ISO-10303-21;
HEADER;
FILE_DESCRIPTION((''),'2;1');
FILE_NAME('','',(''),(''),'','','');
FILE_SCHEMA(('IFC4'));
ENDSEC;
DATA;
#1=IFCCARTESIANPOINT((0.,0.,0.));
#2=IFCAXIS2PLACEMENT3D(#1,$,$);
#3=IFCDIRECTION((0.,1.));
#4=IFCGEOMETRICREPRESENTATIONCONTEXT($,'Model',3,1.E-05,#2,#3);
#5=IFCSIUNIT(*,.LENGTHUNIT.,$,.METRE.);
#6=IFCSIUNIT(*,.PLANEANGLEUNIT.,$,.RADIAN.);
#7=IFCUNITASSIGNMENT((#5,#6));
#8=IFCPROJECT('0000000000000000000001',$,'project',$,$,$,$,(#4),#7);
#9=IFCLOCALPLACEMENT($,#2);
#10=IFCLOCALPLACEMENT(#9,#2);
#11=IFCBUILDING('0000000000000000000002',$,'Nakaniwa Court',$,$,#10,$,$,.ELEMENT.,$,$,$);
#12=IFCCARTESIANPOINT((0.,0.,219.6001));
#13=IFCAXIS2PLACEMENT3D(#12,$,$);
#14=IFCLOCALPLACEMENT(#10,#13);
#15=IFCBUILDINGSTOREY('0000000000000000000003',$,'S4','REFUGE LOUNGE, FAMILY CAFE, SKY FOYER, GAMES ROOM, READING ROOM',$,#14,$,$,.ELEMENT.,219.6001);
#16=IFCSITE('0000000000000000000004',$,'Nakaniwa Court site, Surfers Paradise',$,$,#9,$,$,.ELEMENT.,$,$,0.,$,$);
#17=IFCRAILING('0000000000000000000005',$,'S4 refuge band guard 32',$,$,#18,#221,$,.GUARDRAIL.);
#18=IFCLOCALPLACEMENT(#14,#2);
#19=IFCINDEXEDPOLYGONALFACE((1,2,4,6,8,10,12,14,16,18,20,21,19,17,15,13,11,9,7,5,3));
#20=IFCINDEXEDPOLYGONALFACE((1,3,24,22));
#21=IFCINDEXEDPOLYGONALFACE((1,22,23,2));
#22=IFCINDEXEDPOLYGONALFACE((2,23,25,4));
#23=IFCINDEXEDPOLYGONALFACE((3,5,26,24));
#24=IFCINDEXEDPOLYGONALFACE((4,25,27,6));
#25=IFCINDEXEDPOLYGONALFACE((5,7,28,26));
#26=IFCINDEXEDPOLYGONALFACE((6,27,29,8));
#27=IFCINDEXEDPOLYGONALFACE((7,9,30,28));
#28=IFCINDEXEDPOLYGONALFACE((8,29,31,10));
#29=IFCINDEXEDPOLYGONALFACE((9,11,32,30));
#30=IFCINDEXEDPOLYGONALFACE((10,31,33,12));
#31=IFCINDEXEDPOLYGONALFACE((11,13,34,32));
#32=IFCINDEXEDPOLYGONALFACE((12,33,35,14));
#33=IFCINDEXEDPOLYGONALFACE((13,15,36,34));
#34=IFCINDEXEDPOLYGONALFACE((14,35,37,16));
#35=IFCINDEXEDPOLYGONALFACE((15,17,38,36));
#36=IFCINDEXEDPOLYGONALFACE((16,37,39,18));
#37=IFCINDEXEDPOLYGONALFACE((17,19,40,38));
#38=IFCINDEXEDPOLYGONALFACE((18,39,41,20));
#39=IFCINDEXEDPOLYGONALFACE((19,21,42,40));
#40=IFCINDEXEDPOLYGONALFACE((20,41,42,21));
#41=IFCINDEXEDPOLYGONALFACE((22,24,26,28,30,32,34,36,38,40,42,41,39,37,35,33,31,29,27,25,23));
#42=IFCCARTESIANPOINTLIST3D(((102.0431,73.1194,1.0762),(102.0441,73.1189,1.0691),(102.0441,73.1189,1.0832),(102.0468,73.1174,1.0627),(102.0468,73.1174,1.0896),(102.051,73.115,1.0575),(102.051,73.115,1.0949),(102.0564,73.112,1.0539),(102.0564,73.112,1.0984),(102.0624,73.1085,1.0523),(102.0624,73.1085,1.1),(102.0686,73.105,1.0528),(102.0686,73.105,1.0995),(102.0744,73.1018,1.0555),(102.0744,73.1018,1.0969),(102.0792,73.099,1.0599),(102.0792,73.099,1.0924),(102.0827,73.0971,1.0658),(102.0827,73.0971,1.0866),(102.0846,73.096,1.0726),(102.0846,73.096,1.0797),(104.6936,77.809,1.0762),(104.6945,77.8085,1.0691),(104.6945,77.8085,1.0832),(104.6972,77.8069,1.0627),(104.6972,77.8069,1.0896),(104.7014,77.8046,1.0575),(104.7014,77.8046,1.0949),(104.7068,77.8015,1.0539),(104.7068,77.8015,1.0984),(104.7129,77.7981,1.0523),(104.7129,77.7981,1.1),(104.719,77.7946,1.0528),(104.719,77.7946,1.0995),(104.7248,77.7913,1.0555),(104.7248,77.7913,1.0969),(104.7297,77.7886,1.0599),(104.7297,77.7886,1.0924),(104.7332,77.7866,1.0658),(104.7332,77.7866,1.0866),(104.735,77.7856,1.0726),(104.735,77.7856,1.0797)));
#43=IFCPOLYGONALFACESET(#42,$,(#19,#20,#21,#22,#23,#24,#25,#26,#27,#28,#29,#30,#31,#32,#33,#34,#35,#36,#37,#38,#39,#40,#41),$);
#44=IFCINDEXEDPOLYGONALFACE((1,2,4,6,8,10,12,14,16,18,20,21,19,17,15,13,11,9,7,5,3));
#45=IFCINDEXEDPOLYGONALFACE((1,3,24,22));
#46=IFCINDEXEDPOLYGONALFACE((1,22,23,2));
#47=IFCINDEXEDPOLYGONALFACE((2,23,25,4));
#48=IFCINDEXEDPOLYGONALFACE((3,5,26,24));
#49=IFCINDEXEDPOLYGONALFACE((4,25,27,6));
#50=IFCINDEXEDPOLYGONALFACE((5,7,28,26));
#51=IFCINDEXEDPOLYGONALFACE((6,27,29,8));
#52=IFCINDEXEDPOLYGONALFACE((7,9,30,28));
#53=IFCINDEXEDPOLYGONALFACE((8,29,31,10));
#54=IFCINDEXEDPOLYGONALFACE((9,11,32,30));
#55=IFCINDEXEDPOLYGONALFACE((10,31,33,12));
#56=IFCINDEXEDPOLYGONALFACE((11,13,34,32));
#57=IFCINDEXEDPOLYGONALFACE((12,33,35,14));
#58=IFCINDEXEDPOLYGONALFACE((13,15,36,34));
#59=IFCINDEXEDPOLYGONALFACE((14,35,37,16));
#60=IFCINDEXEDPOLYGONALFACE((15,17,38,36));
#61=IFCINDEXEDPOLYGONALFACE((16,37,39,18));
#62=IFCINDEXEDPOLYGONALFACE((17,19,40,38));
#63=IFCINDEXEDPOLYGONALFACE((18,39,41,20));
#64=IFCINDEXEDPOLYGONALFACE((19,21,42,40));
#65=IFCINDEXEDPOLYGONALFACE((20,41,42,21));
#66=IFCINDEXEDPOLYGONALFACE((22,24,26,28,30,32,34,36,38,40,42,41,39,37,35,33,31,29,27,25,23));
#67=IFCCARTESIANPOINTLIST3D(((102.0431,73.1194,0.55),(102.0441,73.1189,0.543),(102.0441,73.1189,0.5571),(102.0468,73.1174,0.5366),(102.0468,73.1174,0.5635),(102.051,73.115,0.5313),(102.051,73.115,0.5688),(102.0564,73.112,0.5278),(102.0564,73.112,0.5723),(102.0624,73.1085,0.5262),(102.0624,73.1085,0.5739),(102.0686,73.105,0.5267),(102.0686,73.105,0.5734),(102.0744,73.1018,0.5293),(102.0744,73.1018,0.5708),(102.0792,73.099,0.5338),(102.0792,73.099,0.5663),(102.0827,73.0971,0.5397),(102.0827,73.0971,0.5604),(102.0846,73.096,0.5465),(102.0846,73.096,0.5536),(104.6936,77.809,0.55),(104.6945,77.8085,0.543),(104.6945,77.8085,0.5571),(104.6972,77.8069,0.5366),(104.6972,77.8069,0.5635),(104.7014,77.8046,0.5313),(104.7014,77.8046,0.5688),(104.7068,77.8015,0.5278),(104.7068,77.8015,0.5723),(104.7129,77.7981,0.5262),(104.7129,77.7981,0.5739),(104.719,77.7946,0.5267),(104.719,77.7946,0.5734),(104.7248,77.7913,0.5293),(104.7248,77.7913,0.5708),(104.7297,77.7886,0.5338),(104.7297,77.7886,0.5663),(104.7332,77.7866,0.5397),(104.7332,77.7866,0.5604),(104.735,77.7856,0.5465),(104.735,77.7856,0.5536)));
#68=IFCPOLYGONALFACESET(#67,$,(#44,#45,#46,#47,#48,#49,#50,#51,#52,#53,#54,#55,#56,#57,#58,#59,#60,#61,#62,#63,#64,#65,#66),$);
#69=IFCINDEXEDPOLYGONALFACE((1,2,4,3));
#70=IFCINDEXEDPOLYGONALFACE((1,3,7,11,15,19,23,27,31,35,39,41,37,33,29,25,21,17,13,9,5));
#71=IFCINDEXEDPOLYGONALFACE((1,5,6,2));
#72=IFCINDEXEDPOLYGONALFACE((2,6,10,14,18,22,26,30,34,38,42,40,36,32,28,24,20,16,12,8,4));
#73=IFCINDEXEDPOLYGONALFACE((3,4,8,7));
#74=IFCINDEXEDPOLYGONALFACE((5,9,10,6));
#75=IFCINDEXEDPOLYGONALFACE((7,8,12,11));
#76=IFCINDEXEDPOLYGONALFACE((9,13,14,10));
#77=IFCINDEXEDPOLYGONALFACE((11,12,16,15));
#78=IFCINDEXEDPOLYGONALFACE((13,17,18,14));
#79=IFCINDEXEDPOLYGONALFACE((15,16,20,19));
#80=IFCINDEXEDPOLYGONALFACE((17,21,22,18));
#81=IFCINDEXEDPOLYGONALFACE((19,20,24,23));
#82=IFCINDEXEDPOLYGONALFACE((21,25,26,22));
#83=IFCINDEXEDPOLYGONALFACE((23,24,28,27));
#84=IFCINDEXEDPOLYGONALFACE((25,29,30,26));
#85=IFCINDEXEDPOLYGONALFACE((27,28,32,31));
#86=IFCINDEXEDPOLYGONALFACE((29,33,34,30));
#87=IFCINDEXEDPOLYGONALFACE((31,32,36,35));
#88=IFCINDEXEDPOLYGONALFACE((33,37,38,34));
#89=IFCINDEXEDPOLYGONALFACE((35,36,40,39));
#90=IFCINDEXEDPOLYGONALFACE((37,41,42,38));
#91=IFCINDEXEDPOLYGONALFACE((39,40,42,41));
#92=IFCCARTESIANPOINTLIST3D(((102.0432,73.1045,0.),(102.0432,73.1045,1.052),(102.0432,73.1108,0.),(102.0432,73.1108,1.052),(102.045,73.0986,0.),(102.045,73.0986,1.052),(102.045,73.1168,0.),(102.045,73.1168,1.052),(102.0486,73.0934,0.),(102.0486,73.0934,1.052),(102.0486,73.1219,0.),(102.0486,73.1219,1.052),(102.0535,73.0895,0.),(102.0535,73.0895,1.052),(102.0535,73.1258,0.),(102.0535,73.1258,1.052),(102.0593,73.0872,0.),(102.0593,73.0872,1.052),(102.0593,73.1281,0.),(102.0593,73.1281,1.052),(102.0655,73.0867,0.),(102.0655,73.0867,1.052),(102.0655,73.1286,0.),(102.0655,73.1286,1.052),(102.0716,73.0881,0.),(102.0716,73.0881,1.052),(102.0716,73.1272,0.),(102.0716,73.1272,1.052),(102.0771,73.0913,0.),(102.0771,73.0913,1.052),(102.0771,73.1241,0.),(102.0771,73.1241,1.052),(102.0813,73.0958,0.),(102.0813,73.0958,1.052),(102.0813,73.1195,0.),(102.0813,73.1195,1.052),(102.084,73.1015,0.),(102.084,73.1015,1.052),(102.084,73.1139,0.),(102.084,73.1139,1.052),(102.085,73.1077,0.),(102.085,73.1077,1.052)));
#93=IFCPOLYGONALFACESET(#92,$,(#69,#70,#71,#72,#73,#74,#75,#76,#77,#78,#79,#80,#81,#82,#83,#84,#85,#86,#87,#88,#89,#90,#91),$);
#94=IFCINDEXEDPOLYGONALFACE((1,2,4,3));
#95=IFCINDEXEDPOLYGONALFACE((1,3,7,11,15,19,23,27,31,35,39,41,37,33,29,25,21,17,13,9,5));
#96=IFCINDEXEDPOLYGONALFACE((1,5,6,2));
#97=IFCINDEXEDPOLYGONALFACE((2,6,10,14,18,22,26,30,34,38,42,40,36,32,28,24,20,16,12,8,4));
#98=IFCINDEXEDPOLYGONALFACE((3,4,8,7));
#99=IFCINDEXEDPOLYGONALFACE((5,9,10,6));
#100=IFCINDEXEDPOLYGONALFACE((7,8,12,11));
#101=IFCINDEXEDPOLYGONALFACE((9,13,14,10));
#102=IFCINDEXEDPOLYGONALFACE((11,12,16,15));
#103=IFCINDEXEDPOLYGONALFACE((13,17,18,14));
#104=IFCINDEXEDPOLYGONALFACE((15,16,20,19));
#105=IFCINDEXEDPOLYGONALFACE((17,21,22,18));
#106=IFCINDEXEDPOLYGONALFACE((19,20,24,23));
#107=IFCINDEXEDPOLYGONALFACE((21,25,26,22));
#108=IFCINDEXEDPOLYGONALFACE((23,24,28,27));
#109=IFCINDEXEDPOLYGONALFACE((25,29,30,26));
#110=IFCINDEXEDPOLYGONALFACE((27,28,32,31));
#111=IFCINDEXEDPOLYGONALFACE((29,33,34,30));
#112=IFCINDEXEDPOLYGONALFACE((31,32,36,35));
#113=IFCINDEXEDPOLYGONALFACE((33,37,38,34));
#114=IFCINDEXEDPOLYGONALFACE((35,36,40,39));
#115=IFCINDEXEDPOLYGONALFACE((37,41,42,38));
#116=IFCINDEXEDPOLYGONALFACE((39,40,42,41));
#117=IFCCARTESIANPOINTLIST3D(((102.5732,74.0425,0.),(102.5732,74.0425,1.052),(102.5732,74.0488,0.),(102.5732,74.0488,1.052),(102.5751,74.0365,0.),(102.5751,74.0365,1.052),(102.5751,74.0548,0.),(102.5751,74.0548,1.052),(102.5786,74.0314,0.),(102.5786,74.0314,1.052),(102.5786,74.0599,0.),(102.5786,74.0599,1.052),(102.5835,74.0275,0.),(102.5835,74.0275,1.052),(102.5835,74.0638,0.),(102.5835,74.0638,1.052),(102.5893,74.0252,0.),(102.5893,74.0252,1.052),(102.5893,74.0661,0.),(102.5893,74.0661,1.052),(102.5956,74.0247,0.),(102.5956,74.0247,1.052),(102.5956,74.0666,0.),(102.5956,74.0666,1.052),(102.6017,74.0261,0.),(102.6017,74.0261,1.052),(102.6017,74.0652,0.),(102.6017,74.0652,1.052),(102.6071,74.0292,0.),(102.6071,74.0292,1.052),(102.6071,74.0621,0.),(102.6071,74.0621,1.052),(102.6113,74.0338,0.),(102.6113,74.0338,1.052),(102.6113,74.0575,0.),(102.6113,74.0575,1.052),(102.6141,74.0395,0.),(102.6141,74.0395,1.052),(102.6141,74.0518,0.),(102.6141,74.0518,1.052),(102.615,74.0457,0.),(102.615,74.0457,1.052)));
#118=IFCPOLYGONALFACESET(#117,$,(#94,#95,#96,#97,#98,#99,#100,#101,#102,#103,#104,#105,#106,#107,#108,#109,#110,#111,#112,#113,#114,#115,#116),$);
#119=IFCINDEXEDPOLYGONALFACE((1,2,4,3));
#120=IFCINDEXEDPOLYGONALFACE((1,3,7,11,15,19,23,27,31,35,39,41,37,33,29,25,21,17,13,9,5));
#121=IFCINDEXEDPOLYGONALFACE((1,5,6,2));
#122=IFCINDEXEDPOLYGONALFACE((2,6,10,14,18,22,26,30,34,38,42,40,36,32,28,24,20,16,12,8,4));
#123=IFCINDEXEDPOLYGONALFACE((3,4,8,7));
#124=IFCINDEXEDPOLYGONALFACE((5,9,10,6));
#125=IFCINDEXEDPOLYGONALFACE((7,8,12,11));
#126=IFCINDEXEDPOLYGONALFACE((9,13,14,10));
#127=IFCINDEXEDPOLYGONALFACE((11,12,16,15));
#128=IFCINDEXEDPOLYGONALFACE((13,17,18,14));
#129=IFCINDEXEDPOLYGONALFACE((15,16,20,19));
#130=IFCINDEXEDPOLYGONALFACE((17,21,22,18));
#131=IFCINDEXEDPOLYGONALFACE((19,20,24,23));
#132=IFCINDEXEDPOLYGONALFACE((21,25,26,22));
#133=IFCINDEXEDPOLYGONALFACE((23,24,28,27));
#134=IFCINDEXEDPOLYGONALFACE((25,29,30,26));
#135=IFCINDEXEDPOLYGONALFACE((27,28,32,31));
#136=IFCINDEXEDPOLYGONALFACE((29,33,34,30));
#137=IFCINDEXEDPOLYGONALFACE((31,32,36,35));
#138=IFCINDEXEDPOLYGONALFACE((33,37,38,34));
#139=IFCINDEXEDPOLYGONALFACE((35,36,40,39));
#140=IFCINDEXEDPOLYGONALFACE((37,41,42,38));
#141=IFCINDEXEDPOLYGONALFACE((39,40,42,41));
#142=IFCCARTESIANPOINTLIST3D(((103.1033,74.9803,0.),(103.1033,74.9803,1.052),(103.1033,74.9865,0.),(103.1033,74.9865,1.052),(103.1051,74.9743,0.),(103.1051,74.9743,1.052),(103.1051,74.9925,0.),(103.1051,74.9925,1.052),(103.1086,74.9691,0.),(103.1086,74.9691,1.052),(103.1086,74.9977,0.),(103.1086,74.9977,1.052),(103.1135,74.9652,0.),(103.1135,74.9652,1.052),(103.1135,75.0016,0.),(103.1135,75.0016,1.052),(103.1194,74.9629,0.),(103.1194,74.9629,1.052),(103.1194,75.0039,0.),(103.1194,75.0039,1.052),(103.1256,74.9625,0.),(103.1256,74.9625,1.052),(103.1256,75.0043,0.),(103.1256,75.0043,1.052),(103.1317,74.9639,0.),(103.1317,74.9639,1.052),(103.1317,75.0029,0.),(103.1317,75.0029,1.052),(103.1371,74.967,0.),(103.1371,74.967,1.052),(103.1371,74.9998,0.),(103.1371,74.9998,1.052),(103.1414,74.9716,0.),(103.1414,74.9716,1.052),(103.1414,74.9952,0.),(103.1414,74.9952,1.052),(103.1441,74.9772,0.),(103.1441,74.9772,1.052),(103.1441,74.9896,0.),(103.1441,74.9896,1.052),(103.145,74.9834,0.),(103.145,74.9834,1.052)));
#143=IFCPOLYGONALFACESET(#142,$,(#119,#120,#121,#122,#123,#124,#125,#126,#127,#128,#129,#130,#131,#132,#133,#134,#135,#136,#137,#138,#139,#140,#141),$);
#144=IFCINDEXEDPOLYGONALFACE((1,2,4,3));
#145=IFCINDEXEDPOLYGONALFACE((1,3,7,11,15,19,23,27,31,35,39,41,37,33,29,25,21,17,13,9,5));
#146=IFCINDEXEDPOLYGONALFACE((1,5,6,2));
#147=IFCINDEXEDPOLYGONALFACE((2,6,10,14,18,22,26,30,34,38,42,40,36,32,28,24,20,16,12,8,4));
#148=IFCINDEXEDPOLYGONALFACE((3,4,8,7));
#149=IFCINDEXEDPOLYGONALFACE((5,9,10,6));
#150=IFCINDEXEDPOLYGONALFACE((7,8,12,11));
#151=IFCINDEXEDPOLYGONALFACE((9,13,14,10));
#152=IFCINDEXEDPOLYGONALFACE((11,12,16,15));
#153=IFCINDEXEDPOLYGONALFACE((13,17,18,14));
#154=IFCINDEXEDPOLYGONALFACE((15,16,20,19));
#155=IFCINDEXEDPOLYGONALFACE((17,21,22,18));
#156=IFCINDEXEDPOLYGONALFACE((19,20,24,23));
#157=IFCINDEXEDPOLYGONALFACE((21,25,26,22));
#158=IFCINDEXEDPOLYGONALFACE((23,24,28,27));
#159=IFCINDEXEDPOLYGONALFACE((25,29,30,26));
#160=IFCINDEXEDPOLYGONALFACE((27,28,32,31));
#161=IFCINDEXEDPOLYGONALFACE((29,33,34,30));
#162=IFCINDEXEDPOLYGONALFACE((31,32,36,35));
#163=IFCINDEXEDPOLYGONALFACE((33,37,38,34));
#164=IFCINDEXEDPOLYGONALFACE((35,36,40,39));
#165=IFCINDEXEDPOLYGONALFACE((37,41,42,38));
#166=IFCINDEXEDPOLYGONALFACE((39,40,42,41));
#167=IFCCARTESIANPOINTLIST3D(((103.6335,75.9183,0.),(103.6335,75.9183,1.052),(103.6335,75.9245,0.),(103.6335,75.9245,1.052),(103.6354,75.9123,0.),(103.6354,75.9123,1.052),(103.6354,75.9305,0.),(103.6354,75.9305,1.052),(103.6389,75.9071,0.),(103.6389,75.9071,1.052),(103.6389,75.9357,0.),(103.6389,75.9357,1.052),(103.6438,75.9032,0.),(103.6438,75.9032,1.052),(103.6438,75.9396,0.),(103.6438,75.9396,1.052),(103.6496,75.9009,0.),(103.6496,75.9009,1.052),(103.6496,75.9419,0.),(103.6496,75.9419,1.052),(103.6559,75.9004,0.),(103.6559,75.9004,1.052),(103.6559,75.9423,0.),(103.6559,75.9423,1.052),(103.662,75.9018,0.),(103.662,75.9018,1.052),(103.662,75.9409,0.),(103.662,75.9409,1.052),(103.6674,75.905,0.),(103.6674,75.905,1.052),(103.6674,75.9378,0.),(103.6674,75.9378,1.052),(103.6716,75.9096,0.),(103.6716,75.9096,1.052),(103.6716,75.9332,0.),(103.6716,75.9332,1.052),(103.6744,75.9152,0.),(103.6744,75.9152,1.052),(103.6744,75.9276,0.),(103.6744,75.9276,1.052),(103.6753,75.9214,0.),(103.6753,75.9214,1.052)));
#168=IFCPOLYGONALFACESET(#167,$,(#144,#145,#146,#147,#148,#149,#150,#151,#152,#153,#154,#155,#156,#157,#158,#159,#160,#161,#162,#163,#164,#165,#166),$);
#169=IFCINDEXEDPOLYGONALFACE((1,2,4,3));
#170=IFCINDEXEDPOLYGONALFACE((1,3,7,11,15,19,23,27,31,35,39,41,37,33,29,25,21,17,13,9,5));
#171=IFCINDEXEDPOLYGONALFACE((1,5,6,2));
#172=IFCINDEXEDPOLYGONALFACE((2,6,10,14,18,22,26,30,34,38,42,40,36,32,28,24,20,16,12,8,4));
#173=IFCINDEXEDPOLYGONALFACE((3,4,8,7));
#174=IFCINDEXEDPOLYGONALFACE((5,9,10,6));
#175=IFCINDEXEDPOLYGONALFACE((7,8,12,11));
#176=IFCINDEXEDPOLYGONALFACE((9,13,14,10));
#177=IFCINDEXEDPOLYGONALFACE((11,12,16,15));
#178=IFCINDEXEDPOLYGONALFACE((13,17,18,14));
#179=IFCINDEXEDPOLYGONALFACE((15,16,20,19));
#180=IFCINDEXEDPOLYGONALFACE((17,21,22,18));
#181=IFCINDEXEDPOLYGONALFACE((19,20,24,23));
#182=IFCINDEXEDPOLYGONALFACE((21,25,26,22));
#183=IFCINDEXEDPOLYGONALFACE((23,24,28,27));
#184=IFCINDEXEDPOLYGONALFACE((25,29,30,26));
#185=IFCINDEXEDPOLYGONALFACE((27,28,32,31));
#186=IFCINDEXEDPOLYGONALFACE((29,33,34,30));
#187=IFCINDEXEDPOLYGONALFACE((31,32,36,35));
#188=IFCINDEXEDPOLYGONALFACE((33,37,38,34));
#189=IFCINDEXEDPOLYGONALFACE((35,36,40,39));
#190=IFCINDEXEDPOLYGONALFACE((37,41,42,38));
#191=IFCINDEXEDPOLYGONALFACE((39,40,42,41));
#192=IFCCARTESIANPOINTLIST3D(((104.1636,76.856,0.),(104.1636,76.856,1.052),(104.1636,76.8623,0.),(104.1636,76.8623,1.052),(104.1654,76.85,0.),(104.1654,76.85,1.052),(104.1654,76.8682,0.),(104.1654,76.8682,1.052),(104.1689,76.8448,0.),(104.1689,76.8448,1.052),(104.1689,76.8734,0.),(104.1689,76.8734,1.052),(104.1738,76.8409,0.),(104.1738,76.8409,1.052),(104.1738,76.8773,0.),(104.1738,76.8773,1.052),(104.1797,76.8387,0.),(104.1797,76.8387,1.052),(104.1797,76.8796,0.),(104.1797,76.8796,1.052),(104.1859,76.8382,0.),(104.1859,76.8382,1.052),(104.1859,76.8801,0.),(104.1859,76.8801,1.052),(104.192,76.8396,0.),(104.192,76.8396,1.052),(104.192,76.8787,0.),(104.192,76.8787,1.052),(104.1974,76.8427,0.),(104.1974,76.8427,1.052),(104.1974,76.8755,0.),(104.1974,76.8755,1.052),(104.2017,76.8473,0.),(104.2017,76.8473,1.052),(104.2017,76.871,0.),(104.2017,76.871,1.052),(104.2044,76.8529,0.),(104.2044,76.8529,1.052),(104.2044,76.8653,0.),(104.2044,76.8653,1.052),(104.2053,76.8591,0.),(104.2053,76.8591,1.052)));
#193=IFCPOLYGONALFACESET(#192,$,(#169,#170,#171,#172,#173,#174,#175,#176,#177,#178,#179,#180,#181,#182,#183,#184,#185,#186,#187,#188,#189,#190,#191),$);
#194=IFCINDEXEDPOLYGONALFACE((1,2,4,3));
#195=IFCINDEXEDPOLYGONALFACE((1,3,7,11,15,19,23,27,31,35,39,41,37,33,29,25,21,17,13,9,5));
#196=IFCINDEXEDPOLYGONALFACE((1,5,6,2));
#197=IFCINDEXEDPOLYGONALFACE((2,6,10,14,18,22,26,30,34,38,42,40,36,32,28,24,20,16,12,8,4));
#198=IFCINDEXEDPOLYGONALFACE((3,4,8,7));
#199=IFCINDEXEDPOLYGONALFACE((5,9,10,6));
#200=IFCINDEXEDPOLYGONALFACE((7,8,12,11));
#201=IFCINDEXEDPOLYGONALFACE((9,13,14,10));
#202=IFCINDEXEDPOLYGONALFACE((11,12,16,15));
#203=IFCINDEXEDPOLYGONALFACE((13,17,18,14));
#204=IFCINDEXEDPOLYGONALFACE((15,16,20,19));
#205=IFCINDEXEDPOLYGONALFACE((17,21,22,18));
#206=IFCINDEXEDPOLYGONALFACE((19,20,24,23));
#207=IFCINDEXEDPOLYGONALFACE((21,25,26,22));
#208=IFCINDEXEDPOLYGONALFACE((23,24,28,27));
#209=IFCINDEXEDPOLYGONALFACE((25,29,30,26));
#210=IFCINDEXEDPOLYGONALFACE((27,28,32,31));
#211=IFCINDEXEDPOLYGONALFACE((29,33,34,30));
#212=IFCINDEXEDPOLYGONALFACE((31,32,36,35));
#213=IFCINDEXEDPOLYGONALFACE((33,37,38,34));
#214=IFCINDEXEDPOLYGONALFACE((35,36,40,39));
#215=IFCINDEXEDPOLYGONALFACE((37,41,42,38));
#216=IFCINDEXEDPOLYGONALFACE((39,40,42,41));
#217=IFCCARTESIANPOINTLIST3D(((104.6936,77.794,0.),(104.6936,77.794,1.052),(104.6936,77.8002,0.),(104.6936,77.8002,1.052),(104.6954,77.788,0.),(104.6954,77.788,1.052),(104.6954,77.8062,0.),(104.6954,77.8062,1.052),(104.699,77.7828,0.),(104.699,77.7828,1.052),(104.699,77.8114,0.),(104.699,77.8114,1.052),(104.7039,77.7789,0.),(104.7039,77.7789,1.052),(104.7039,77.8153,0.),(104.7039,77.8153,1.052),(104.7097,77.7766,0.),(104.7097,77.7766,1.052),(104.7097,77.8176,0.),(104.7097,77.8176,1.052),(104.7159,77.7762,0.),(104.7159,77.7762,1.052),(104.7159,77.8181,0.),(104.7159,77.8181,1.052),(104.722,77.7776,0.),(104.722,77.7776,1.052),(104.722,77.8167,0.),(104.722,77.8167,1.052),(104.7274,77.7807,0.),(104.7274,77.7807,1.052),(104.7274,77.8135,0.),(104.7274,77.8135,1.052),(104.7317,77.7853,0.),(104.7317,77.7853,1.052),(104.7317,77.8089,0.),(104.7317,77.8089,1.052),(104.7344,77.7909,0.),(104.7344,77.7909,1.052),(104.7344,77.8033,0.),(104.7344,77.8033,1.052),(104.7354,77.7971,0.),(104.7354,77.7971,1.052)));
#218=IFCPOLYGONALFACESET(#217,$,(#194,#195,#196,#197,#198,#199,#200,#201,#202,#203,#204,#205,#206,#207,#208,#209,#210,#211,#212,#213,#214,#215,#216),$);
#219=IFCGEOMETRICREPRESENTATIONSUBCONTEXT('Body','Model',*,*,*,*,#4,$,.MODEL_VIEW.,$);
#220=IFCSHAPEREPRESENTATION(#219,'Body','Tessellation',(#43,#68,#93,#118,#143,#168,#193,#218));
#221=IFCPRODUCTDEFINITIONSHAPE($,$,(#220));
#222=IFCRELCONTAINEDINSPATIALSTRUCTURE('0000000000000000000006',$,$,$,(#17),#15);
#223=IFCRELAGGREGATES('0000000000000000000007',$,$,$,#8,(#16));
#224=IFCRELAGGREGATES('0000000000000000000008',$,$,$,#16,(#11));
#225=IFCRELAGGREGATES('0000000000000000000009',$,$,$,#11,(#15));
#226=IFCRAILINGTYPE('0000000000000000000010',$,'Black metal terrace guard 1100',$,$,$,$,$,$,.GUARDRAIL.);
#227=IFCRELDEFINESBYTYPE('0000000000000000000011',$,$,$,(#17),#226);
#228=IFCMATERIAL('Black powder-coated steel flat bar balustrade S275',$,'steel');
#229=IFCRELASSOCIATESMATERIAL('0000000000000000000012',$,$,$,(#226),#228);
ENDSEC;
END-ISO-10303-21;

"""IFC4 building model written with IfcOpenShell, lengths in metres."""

from ifc_helpers import new_model, si_unit, direction, frame, origin, origin_2d, place, context, subcontext, project, spatial, circle, extrude, material, type_object, element, save


model = new_model("IFC4")

# Units and contexts
model_context = context("Model", 3, precision=1e-05, world=origin(), true_north=direction((0.0, 1.0)))
body_context = subcontext(model_context, "Body", "Model", "MODEL_VIEW")
ifc_project = project(units=[si_unit("LENGTHUNIT", "METRE"), si_unit("PLANEANGLEUNIT", "RADIAN")], contexts=[model_context])

# Site, building, storey
site_placement = place(None, origin())
site = spatial("IfcSite", under=ifc_project, at=site_placement, Name="Nakaniwa Court site, Surfers Paradise", CompositionType="ELEMENT", RefElevation=0.0)
building_placement = place(site_placement, origin())
building = spatial("IfcBuilding", under=site, at=building_placement, Name="Nakaniwa Court", CompositionType="ELEMENT")
storey_placement = place(building_placement, frame((0.0, 0.0, 219.6001)))
storey = spatial("IfcBuildingStorey", under=building, at=storey_placement, Name="S4", Description="REFUGE LOUNGE, FAMILY CAFE, SKY FOYER, GAMES ROOM, READING ROOM", CompositionType="ELEMENT", Elevation=219.6001)

# Railing
ifc_material_1 = material(Name="Black powder-coated steel flat bar balustrade S275", Category="steel")
railing_type = type_object("IfcRailingType", Name="Black metal terrace guard 1100", PredefinedType="GUARDRAIL", material=ifc_material_1)
railing_1_placement = place(storey_placement, frame((102.064, 73.1077, 0.0)))
element("IfcRailing", 1, at=railing_1_placement, inside=storey, type_object=railing_type, Name="S4 refuge band guard 32", PredefinedType="GUARDRAIL", context=body_context, shape_type="SweptSolid", body=[
    extrude(circle(Radius=0.0239, at=origin_2d()), frame((0.0, 0.0, 1.0762), z_axis=(0.492033, 0.870576, 0.0), x_axis=(-0.870576, 0.492033, 0.0)), (0.0, 0.0, 1.0), 5.3867),
    extrude(circle(Radius=0.0239, at=origin_2d()), frame((0.0, 0.0, 0.55), z_axis=(0.492033, 0.870576, 0.0), x_axis=(-0.870576, 0.492033, 0.0)), (0.0, 0.0, 1.0), 5.3867),
    extrude(circle(Radius=0.021, at=origin_2d()), origin(), (0.0, 0.0, 1.0), 1.052),
    extrude(circle(Radius=0.021, at=origin_2d()), frame((0.53, 0.938, 0.0)), (0.0, 0.0, 1.0), 1.052),
    extrude(circle(Radius=0.021, at=origin_2d()), frame((1.0601, 1.8757, 0.0)), (0.0, 0.0, 1.0), 1.052),
    extrude(circle(Radius=0.021, at=origin_2d()), frame((1.5903, 2.8137, 0.0)), (0.0, 0.0, 1.0), 1.052),
    extrude(circle(Radius=0.021, at=origin_2d()), frame((2.1204, 3.7515, 0.0)), (0.0, 0.0, 1.0), 1.052),
    extrude(circle(Radius=0.021, at=origin_2d()), frame((2.6504, 4.6895, 0.0)), (0.0, 0.0, 1.0), 1.052),
])

save(model, "model.ifc")
